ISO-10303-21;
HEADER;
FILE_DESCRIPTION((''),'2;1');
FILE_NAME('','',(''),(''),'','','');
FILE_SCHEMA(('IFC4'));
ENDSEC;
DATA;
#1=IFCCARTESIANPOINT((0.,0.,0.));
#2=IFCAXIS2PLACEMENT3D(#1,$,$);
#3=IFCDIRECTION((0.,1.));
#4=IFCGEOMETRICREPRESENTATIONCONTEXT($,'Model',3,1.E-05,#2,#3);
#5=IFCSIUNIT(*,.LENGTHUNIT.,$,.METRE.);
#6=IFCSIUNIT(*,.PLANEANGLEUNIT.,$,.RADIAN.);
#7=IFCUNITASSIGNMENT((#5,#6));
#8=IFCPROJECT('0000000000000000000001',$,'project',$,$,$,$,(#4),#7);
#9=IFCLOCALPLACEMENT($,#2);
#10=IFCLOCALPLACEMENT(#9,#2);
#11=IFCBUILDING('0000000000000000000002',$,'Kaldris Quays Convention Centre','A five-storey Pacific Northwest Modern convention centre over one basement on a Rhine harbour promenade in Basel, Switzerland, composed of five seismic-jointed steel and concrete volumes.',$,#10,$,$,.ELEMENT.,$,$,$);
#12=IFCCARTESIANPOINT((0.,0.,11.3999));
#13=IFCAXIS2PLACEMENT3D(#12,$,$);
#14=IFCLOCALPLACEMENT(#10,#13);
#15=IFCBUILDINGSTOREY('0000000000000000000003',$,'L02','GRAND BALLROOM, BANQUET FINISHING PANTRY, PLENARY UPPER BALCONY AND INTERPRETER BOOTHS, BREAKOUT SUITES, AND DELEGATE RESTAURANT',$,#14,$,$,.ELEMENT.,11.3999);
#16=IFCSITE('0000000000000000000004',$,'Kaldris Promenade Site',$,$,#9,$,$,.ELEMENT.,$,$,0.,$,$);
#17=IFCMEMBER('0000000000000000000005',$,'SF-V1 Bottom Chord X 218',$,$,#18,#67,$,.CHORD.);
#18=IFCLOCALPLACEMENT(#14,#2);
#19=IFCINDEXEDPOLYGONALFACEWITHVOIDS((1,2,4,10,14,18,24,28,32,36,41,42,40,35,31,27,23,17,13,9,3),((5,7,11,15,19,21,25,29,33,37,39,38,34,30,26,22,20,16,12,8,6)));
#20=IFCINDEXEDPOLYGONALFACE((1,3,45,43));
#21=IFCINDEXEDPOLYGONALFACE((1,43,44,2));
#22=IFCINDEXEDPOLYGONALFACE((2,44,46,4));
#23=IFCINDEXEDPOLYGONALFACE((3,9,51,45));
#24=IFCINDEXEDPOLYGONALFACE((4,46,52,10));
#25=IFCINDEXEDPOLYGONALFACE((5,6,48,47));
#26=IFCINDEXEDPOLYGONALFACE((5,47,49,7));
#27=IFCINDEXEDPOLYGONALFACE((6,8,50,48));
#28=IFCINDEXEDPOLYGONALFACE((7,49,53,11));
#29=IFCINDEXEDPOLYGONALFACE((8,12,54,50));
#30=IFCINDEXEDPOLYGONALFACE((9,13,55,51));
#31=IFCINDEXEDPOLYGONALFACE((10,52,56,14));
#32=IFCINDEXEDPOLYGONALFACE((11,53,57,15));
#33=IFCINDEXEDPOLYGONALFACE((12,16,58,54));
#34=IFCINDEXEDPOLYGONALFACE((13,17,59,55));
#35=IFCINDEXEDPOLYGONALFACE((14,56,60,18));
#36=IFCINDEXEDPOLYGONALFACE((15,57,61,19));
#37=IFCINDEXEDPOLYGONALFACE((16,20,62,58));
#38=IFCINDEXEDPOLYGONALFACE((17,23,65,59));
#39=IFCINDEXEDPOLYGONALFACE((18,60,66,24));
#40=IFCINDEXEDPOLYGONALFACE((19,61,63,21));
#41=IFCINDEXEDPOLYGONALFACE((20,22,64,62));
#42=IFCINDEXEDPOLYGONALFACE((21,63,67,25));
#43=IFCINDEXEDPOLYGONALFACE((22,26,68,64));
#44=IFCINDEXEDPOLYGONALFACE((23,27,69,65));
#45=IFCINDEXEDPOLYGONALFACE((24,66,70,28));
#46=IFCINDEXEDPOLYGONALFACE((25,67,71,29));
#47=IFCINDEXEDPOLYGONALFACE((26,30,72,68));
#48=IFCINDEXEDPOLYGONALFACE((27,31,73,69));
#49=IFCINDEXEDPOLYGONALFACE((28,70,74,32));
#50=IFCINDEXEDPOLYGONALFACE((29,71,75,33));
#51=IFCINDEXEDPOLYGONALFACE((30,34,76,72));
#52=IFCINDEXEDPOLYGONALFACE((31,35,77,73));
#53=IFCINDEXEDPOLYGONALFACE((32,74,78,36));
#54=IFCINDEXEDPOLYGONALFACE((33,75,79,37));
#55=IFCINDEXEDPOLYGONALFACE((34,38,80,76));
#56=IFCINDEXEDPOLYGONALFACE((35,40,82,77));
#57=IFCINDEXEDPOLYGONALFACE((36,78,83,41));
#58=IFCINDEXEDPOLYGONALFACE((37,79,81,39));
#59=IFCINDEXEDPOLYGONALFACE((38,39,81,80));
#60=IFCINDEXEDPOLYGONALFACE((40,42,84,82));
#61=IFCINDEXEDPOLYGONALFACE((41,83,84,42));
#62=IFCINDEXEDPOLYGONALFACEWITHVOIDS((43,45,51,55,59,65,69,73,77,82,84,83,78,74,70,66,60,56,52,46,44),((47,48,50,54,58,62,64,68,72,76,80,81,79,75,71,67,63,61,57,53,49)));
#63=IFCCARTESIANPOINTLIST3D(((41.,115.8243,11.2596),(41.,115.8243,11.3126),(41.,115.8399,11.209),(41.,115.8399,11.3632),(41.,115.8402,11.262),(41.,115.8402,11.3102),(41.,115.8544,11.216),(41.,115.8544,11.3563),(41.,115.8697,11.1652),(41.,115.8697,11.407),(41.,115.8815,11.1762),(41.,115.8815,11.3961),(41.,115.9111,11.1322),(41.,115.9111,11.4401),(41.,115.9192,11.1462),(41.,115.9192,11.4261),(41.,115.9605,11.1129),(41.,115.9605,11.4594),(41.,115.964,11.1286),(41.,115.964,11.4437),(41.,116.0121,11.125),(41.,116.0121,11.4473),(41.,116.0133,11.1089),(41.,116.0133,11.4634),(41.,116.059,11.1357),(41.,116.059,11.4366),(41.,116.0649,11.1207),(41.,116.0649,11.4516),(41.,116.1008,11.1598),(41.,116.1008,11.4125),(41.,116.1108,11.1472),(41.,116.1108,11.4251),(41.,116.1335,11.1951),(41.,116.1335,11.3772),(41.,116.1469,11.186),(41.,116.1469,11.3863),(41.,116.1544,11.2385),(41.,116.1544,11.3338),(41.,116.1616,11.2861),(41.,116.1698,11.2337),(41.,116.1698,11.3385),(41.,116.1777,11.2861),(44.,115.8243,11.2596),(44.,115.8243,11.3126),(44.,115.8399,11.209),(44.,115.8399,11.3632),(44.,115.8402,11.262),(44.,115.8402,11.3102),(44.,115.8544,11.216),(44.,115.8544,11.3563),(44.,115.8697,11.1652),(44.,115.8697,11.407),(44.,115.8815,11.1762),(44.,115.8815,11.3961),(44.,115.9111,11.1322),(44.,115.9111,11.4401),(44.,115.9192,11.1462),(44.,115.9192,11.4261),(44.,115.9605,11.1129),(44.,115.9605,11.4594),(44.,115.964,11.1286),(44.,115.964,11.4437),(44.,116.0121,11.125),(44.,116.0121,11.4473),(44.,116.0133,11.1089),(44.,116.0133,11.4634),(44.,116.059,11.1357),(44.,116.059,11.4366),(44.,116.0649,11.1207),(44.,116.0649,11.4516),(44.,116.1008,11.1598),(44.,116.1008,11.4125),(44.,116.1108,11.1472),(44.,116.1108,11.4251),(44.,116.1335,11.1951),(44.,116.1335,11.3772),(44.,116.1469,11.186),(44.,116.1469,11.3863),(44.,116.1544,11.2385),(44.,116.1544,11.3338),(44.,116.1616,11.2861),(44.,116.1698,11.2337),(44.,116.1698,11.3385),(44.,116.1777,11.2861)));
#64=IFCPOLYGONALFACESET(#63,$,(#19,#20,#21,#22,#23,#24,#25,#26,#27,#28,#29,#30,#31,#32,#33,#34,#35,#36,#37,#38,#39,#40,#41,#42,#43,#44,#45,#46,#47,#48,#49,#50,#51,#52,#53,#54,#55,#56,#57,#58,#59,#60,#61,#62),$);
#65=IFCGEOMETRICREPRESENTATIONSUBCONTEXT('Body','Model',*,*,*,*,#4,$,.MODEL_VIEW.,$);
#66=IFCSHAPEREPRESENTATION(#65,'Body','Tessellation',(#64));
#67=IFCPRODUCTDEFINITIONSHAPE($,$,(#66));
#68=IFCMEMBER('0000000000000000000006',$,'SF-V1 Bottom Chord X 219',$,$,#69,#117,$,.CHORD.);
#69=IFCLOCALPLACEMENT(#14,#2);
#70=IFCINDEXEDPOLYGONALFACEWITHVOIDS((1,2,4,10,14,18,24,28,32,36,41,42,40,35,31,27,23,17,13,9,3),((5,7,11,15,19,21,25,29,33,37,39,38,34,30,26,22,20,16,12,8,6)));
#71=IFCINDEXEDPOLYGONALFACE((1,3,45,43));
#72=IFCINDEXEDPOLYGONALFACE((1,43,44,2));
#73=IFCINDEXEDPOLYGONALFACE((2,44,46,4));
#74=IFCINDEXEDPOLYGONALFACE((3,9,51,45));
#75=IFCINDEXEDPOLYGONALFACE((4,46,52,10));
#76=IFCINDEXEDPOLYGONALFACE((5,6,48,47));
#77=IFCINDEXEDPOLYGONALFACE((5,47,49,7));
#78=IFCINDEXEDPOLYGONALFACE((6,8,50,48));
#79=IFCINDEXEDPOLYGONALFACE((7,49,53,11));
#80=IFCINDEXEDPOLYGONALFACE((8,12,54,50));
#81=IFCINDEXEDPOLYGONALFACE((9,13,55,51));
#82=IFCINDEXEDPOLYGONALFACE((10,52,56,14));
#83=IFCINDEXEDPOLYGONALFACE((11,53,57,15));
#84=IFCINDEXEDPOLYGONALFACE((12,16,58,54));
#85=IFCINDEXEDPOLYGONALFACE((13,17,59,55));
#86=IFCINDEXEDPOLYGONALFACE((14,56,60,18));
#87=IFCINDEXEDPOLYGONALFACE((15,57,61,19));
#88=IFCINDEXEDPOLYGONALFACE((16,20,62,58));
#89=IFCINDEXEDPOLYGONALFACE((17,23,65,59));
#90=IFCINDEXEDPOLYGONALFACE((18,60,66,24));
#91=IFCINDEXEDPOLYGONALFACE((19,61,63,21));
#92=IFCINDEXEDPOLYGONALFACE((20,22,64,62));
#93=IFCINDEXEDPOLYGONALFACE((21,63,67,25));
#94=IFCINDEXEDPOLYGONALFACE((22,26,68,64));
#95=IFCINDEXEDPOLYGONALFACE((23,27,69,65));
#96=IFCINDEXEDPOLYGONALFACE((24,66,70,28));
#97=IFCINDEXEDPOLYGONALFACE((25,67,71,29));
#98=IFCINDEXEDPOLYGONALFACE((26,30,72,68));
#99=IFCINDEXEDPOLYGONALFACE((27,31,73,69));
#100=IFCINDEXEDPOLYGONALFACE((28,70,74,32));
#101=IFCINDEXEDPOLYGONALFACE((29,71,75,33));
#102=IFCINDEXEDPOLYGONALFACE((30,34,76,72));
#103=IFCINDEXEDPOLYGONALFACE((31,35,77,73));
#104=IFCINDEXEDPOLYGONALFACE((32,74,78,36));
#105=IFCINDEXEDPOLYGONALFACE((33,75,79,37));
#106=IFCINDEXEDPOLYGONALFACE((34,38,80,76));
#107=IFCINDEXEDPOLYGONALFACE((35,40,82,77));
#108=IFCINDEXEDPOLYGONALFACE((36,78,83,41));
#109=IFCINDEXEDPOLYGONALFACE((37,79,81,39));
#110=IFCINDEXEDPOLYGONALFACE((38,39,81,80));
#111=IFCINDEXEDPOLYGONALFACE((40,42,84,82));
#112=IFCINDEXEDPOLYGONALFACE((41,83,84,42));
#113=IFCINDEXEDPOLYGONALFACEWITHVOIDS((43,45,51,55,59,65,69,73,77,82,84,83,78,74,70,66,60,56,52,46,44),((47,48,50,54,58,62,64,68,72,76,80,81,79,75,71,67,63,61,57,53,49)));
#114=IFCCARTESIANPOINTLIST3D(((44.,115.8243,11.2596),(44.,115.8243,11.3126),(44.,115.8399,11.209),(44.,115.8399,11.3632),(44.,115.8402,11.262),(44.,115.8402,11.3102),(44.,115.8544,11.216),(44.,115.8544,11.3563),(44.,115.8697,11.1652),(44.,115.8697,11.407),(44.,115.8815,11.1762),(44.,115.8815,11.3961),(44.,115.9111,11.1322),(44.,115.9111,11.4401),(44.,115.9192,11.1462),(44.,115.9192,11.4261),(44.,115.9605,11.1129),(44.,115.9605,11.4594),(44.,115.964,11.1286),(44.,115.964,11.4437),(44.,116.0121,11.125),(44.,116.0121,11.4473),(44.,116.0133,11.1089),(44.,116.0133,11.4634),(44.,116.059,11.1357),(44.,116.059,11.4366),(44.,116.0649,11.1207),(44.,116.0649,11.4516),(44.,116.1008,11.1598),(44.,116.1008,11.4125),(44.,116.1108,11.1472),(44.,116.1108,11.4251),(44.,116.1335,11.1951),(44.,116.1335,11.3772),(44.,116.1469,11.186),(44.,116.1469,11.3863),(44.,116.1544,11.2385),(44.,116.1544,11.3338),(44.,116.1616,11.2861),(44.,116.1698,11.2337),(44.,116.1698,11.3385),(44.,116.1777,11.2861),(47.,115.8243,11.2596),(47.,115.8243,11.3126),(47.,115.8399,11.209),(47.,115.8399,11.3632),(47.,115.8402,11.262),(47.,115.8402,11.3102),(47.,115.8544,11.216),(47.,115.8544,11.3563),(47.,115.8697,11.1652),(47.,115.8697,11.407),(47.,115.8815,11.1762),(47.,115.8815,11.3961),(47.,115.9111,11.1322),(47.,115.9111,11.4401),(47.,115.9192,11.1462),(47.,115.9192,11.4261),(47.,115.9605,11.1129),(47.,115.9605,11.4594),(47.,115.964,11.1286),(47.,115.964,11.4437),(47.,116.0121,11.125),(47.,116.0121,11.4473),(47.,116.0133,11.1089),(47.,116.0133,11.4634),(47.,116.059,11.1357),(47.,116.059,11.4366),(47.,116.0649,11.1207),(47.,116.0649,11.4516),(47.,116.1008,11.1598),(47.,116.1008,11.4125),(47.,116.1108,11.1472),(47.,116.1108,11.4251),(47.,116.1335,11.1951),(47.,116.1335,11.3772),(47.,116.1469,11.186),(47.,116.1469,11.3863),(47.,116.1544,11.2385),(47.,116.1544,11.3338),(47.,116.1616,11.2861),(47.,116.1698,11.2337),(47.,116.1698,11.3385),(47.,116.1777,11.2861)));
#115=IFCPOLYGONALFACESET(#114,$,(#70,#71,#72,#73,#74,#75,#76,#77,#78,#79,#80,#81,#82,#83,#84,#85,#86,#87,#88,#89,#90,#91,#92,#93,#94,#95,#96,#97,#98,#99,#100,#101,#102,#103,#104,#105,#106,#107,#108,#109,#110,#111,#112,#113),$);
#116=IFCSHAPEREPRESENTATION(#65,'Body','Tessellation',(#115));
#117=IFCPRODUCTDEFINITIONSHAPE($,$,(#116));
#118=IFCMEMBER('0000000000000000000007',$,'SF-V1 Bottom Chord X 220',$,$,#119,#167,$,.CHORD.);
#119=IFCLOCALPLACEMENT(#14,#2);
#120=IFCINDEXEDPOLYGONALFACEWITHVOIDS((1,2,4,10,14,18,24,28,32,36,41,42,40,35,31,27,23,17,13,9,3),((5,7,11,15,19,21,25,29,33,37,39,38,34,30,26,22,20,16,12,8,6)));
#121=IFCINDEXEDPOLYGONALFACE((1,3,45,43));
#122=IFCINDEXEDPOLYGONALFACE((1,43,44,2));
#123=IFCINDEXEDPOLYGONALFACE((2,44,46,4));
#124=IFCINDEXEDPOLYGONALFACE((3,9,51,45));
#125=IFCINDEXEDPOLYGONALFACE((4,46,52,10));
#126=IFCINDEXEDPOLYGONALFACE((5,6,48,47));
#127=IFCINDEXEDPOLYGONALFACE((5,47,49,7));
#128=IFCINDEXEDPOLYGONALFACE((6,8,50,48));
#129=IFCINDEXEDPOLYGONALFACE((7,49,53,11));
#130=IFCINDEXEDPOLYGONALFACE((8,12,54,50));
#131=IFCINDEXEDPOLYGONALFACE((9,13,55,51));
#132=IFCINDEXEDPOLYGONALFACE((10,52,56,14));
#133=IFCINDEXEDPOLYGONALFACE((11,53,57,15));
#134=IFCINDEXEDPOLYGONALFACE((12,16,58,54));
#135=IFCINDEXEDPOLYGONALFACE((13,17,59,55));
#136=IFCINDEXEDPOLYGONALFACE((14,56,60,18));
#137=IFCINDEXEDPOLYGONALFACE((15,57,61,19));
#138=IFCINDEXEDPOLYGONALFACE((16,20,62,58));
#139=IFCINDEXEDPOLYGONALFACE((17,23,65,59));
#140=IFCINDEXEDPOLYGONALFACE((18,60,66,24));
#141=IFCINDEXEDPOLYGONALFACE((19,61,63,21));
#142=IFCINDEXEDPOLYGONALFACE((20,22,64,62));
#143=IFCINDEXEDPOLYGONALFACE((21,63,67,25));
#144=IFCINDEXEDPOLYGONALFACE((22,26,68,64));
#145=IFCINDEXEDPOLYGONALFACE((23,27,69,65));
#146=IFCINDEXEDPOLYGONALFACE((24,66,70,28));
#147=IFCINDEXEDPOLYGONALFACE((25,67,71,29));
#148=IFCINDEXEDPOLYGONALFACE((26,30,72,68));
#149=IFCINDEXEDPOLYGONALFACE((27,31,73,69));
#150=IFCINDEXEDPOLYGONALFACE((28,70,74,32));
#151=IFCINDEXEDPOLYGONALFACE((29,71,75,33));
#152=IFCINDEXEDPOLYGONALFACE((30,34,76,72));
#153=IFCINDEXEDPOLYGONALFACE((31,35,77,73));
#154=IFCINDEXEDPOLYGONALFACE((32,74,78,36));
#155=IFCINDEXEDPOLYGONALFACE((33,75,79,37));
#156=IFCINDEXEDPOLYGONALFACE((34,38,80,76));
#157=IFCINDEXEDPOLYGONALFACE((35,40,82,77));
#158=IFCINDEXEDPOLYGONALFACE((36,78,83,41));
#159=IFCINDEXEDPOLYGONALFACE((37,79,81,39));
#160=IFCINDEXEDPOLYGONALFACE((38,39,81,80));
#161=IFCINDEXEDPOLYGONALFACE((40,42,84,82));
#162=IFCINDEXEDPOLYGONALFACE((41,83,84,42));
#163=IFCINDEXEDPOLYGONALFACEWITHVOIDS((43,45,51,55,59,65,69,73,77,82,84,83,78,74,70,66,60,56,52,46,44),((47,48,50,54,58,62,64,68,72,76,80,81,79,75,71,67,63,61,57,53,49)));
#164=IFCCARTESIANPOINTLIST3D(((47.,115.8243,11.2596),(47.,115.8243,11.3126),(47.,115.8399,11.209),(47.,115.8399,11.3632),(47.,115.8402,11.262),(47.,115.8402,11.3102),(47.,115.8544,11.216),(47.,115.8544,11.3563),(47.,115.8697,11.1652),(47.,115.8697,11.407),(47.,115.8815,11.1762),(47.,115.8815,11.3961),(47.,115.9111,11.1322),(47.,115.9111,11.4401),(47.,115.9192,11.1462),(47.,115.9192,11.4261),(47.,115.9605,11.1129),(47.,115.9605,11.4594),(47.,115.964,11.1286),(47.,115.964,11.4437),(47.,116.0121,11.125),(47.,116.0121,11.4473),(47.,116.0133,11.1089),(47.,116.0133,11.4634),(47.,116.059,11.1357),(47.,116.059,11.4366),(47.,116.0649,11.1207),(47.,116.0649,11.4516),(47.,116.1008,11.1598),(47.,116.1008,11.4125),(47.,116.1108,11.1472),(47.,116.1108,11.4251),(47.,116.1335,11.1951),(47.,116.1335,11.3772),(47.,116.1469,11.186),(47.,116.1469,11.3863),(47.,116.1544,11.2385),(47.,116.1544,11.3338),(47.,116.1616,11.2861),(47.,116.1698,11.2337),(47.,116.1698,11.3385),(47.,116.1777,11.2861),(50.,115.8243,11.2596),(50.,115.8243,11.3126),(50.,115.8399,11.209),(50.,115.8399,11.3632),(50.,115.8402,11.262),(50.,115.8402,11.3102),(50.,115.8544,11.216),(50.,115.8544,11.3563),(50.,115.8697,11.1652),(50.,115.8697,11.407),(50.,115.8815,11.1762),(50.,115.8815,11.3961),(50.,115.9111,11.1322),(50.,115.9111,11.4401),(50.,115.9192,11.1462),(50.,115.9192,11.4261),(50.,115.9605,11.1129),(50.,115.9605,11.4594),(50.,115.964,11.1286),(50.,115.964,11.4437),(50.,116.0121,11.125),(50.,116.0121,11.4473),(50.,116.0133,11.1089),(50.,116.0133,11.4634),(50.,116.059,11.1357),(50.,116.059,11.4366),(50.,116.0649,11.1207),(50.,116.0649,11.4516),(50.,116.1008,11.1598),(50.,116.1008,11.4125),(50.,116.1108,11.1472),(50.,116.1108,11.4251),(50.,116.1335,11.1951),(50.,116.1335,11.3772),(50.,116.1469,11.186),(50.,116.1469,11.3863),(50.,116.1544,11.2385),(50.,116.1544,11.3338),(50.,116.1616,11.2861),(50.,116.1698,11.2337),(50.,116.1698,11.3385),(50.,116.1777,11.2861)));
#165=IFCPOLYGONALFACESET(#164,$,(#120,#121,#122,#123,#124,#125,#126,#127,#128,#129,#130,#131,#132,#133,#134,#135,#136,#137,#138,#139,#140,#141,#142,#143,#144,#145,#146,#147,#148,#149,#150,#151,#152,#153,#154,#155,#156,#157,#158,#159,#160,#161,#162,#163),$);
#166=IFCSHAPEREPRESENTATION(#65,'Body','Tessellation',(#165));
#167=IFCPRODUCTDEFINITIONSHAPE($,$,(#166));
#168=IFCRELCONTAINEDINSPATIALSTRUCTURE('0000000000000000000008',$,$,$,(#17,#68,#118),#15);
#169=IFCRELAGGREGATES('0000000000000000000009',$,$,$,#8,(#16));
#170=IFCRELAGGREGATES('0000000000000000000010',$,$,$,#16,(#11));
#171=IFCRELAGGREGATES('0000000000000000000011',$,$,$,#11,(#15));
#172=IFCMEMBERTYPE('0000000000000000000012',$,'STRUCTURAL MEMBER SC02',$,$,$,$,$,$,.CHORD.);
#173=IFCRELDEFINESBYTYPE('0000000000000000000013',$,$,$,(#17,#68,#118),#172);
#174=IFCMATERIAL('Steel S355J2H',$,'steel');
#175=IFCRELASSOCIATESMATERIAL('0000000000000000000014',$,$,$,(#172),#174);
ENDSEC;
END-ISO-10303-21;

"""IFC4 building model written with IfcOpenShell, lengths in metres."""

from ifc_helpers import new_model, si_unit, direction, frame, origin, origin_2d, place, context, subcontext, project, spatial, hollow_circle, extrude, material, material_profile, profile_set, type_object, element, save


model = new_model("IFC4")

# Units and contexts
model_context = context("Model", 3, precision=1e-05, world=origin(), true_north=direction((0.0, 1.0)))
body_context = subcontext(model_context, "Body", "Model", "MODEL_VIEW")
ifc_project = project(units=[si_unit("LENGTHUNIT", "METRE"), si_unit("PLANEANGLEUNIT", "RADIAN")], contexts=[model_context])

# Site, building, storey
site_placement = place(None, origin())
site = spatial("IfcSite", under=ifc_project, at=site_placement, Name="Kaldris Promenade Site", CompositionType="ELEMENT", RefElevation=0.0)
building_placement = place(site_placement, origin())
building = spatial("IfcBuilding", under=site, at=building_placement, Name="Kaldris Quays Convention Centre", Description="A five-storey Pacific Northwest Modern convention centre over one basement on a Rhine harbour promenade in Basel, Switzerland, composed of five seismic-jointed steel and concrete volumes.", CompositionType="ELEMENT")
storey_placement = place(building_placement, frame((0.0, 0.0, 11.3999)))
storey = spatial("IfcBuildingStorey", under=building, at=storey_placement, Name="L02", Description="GRAND BALLROOM, BANQUET FINISHING PANTRY, PLENARY UPPER BALCONY AND INTERPRETER BOOTHS, BREAKOUT SUITES, AND DELEGATE RESTAURANT", CompositionType="ELEMENT", Elevation=11.3999)

# Members
ifc_material = material(Name="Steel S355J2H", Category="steel")
ifc_material_profile_1 = material_profile(ifc_material, hollow_circle(Radius=0.1777, WallThickness=0.0161, at=origin_2d()), Name="CHS 355.6x16")
ifc_profile_set_1 = profile_set([ifc_material_profile_1], Name="Steel S355J2H")
member_type_1 = type_object("IfcMemberType", Name="STRUCTURAL MEMBER SC02", PredefinedType="CHORD", material=ifc_profile_set_1)
for number, where, z_axis, x_axis, name in (
    (1, (41.0, 116.0, 11.2861), (1.0, 0.0, 0.0), (0.0, 1.0, 0.0), "SF-V1 Bottom Chord X 218"),
    (2, (44.0, 116.0, 11.2861), (1.0, 0.0, 0.0), (0.0, 1.0, 0.0), "SF-V1 Bottom Chord X 219"),
    (3, (47.0, 116.0, 11.2861), (1.0, 0.0, 0.0), (0.0, 1.0, 0.0), "SF-V1 Bottom Chord X 220"),
):
    element("IfcMember", number, at=place(storey_placement, frame(where, z_axis=z_axis, x_axis=x_axis)), inside=storey, type_object=member_type_1, Name=name, PredefinedType="CHORD", context=body_context, shape_type="SweptSolid", body=[
        extrude(hollow_circle(Radius=0.1777, WallThickness=0.0161, at=origin_2d()), origin(), (0.0, 0.0, 1.0), 3.0),
    ])

save(model, "model.ifc")
